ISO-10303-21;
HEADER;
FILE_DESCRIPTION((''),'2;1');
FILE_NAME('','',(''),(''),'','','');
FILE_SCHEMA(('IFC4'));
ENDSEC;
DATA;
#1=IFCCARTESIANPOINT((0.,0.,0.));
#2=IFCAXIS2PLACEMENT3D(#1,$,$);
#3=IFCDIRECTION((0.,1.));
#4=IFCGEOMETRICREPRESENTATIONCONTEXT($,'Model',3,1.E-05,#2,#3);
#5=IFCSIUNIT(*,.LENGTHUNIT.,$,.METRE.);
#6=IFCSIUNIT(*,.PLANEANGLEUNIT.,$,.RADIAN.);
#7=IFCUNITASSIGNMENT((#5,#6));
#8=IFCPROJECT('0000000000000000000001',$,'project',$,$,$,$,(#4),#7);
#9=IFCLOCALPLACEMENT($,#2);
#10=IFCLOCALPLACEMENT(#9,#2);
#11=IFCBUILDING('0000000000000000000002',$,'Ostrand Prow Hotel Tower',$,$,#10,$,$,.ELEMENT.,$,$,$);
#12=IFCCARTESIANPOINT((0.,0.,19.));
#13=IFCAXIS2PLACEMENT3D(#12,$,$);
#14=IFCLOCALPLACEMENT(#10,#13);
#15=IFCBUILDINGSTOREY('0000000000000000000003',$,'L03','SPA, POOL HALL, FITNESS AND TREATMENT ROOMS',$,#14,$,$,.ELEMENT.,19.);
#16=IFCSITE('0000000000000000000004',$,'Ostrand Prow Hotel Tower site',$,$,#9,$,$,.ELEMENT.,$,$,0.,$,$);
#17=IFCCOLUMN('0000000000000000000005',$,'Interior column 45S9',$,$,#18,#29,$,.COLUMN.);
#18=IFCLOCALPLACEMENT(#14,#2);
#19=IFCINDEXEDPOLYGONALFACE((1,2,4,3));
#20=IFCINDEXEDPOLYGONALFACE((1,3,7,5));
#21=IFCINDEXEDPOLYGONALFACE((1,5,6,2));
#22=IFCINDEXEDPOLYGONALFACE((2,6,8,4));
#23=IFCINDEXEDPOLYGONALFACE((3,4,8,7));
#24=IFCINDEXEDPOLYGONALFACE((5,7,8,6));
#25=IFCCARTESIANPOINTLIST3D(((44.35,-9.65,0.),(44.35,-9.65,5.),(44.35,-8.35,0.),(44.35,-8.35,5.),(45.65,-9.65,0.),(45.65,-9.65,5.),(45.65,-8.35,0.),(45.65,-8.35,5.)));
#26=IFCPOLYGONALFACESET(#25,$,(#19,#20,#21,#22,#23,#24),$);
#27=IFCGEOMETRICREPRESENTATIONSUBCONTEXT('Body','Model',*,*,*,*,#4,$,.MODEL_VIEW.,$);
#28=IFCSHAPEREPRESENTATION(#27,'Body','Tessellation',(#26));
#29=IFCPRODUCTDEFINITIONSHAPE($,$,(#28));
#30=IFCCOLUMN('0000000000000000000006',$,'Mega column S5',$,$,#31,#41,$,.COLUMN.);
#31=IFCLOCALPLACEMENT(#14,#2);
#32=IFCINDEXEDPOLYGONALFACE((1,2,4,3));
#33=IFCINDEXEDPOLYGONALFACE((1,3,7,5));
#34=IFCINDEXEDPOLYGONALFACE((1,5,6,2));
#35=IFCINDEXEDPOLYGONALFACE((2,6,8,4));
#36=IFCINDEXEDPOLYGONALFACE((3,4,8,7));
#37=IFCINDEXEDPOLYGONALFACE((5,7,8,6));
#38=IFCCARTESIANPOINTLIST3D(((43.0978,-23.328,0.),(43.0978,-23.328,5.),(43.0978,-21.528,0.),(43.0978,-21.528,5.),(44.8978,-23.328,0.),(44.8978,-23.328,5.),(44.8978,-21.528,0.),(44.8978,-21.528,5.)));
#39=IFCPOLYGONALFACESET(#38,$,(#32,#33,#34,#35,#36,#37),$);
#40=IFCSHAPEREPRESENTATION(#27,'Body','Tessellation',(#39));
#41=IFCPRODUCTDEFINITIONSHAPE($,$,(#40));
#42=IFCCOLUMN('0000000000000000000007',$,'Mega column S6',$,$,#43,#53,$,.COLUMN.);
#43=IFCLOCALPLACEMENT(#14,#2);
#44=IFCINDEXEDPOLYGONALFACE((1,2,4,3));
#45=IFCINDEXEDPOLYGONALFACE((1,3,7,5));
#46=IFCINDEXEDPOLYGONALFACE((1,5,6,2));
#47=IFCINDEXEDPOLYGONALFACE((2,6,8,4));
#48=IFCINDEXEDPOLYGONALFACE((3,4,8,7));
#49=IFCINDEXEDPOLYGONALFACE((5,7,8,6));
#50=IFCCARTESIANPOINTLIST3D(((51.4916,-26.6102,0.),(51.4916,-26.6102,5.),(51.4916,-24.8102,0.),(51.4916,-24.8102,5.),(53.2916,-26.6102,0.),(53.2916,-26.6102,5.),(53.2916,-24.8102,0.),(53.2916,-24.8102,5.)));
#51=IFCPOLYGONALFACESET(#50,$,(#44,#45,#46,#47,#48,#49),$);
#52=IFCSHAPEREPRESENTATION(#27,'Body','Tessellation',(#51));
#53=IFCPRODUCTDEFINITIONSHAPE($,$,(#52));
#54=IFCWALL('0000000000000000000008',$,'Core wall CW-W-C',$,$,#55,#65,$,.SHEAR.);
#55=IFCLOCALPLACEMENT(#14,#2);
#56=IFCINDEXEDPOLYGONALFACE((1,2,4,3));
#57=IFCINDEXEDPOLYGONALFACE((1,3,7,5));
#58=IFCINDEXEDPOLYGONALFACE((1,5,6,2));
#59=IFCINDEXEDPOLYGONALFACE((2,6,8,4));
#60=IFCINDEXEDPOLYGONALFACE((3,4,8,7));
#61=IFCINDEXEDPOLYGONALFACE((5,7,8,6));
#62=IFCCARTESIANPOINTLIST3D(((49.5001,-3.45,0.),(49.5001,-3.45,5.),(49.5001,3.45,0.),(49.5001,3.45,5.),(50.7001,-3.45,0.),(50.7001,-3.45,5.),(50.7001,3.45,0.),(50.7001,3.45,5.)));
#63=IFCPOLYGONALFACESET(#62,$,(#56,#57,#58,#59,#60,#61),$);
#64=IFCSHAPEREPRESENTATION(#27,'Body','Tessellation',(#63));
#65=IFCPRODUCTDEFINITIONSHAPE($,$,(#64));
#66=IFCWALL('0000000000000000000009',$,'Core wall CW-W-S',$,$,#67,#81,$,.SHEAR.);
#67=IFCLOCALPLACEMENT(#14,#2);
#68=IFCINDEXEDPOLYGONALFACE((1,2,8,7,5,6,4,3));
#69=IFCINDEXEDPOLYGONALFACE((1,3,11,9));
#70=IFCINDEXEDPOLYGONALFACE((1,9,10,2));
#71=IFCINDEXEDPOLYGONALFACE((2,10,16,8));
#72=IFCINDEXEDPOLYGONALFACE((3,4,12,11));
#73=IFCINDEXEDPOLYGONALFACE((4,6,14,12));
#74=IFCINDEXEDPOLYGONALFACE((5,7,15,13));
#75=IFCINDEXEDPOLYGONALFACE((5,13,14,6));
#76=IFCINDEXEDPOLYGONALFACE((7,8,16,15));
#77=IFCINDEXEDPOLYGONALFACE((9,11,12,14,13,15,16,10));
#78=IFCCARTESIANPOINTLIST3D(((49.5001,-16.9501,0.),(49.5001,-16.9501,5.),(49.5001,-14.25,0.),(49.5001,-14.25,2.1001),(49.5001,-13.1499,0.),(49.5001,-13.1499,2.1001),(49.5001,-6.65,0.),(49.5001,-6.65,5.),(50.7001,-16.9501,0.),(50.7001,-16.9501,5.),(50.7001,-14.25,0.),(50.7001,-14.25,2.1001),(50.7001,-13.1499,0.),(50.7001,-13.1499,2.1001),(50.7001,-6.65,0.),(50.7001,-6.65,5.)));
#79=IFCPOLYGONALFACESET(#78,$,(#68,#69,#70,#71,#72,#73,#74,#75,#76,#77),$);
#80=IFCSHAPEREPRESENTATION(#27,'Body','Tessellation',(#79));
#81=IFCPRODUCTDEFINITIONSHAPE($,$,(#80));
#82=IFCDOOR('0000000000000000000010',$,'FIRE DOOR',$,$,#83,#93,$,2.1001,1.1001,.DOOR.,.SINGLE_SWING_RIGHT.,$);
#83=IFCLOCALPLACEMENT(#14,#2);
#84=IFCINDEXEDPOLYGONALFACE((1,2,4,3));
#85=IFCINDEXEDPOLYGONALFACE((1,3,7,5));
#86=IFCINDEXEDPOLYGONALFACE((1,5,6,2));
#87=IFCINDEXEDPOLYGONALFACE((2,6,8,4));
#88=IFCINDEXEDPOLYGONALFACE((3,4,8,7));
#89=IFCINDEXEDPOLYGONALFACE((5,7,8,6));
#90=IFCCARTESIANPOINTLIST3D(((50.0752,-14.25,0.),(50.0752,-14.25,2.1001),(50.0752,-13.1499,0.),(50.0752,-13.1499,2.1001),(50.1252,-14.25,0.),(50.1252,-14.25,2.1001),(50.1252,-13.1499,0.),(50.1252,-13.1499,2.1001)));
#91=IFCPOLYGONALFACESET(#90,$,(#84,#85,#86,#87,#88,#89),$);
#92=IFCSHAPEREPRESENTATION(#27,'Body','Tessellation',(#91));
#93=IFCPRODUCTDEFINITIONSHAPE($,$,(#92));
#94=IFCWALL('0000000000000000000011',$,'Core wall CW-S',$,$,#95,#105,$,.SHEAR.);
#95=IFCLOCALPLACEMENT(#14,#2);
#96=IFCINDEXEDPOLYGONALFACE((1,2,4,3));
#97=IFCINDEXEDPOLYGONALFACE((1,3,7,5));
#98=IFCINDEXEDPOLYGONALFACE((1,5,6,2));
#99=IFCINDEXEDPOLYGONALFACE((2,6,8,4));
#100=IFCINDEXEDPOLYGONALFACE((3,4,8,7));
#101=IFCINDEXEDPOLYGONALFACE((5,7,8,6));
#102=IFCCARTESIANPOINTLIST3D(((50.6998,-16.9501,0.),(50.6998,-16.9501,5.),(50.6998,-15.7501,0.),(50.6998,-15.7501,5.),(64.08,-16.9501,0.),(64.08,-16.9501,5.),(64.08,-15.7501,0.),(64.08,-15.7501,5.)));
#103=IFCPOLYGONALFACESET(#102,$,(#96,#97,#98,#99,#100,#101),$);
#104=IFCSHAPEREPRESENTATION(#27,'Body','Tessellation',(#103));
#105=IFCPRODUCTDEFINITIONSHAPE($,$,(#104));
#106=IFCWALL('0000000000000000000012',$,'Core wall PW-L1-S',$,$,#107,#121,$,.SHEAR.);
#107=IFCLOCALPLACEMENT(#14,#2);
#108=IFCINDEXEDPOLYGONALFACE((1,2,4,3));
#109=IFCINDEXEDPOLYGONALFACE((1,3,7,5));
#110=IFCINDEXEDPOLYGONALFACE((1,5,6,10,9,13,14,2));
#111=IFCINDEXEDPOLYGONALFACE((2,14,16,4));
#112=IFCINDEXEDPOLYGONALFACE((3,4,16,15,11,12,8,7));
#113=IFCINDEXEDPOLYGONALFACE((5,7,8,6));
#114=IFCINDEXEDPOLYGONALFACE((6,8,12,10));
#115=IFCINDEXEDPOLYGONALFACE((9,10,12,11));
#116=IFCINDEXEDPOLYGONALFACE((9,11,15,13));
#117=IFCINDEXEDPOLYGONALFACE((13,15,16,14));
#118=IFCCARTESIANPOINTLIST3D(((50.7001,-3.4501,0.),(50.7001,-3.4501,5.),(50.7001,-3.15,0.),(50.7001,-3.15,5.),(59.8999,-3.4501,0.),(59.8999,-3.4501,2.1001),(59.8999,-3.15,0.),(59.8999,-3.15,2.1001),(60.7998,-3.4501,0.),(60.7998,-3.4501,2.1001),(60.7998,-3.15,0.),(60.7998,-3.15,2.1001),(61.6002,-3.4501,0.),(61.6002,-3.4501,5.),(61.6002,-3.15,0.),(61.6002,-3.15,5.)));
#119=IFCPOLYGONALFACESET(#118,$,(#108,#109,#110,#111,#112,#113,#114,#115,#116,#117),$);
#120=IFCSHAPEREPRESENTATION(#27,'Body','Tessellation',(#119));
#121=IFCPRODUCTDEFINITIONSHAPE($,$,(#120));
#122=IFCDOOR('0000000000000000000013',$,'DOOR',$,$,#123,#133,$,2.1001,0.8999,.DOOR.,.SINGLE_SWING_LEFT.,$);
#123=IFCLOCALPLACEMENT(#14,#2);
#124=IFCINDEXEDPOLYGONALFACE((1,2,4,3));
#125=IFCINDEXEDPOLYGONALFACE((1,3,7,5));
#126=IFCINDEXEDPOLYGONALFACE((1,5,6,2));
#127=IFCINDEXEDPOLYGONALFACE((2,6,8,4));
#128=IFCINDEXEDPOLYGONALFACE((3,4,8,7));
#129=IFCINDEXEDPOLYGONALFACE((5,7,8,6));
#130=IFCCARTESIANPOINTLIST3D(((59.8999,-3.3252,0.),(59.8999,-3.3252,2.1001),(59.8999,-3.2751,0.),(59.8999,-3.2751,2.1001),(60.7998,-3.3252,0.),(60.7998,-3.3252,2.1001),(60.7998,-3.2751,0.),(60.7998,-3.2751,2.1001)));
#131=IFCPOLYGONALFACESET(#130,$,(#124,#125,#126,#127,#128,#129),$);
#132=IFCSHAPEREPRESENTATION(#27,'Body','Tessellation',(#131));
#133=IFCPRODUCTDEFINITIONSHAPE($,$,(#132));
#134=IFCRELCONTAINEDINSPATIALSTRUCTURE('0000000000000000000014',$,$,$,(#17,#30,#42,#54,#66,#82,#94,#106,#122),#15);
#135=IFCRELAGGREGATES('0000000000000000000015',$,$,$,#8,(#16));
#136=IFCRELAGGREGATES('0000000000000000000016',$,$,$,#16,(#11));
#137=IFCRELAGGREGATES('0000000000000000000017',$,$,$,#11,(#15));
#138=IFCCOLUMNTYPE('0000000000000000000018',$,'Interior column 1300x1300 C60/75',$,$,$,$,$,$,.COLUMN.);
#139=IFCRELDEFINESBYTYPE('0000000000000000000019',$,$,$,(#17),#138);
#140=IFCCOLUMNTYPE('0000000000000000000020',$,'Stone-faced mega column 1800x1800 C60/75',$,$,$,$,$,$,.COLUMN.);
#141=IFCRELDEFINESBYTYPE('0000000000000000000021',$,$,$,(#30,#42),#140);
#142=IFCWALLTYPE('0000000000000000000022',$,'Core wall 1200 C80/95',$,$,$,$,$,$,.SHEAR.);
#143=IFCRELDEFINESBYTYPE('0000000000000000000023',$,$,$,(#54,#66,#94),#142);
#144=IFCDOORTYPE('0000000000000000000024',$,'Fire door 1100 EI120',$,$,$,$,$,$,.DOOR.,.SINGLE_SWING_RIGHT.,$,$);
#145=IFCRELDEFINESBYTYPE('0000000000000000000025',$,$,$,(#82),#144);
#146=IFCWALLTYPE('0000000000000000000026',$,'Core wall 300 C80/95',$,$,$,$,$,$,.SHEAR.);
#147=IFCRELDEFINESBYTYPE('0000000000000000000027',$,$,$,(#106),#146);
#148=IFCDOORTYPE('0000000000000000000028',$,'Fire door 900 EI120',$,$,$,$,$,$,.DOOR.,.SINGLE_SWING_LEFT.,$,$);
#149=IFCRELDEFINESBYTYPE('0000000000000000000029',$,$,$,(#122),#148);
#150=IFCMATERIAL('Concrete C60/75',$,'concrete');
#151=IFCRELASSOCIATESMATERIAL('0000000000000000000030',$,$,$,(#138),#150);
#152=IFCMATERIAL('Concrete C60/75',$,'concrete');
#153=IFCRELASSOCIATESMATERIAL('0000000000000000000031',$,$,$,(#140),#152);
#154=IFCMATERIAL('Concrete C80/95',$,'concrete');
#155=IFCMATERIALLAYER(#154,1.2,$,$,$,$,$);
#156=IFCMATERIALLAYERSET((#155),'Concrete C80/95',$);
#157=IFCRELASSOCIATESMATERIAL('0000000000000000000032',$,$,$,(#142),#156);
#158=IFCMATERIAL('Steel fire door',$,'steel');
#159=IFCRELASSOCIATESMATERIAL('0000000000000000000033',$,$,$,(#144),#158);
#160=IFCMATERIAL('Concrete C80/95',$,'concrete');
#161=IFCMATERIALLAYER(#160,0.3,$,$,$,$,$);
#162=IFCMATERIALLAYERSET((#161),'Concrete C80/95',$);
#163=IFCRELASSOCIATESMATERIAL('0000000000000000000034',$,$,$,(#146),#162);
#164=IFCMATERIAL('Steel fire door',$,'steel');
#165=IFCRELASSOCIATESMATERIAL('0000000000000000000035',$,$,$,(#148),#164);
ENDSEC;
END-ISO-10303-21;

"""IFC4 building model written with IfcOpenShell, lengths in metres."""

from ifc_helpers import new_model, si_unit, direction, frame, frame_2d, origin, origin_2d, place, context, subcontext, project, spatial, rectangle, extrude, material, layer, layer_set, material_profile, profile_set, type_object, element, fill, save


model = new_model("IFC4")

# Units and contexts
model_context = context("Model", 3, precision=1e-05, world=origin(), true_north=direction((0.0, 1.0)))
body_context = subcontext(model_context, "Body", "Model", "MODEL_VIEW")
ifc_project = project(units=[si_unit("LENGTHUNIT", "METRE"), si_unit("PLANEANGLEUNIT", "RADIAN")], contexts=[model_context])

# Site, building, storey
site_placement = place(None, origin())
site = spatial("IfcSite", under=ifc_project, at=site_placement, Name="Ostrand Prow Hotel Tower site", CompositionType="ELEMENT", RefElevation=0.0)
building_placement = place(site_placement, origin())
building = spatial("IfcBuilding", under=site, at=building_placement, Name="Ostrand Prow Hotel Tower", CompositionType="ELEMENT")
storey_placement = place(building_placement, frame((0.0, 0.0, 19.0)))
storey = spatial("IfcBuildingStorey", under=building, at=storey_placement, Name="L03", Description="SPA, POOL HALL, FITNESS AND TREATMENT ROOMS", CompositionType="ELEMENT", Elevation=19.0)

# Columns
ifc_material_1 = material(Name="Concrete C60/75", Category="concrete")
ifc_material_profile_1 = material_profile(ifc_material_1, rectangle(XDim=1.3, YDim=1.3, at=origin_2d()), Name="RC 1300x1300")
ifc_profile_set_1 = profile_set([ifc_material_profile_1], Name="Concrete C60/75")
column_type_1 = type_object("IfcColumnType", Name="Interior column 1300x1300 C60/75", PredefinedType="COLUMN", material=ifc_profile_set_1)
column_placement = place(storey_placement, frame((45.0, -9.0, 0.0), z_axis=(0.0, 0.0, 1.0), x_axis=(1.0, 0.0, 0.0)))
element("IfcColumn", 1, at=column_placement, inside=storey, type_object=column_type_1, Name="Interior column 45S9", PredefinedType="COLUMN", context=body_context, shape_type="SweptSolid", body=[
    extrude(rectangle(XDim=1.3, YDim=1.3, at=origin_2d()), origin(), (0.0, 0.0, 1.0), 5.0),
])
ifc_material_2 = material(Name="Concrete C60/75", Category="concrete")
ifc_material_profile_2 = material_profile(ifc_material_2, rectangle(XDim=1.8, YDim=1.8, at=origin_2d()), Name="RC 1800x1800")
ifc_profile_set_2 = profile_set([ifc_material_profile_2], Name="Concrete C60/75")
column_type_2 = type_object("IfcColumnType", Name="Stone-faced mega column 1800x1800 C60/75", PredefinedType="COLUMN", material=ifc_profile_set_2)
for number, where, z_axis, x_axis, name in (
    (2, (43.9978, -22.428, 0.0), (0.0, 0.0, 1.0), (1.0, 0.0, 0.0), "Mega column S5"),
    (3, (52.3916, -25.7102, 0.0), (0.0, 0.0, 1.0), (1.0, 0.0, 0.0), "Mega column S6"),
):
    element("IfcColumn", number, at=place(storey_placement, frame(where, z_axis=z_axis, x_axis=x_axis)), inside=storey, type_object=column_type_2, Name=name, PredefinedType="COLUMN", context=body_context, shape_type="SweptSolid", body=[
        extrude(rectangle(XDim=1.8, YDim=1.8, at=origin_2d()), origin(), (0.0, 0.0, 1.0), 5.0),
    ])

# Wall
ifc_material_3 = material(Name="Concrete C80/95", Category="concrete")
ifc_layer_1 = layer(ifc_material_3, 1.2)
ifc_layer_set_1 = layer_set([ifc_layer_1], Name="Concrete C80/95")
wall_type_1 = type_object("IfcWallType", Name="Core wall 1200 C80/95", PredefinedType="SHEAR", material=ifc_layer_set_1)
wall_1_placement = place(storey_placement, frame((50.1001, -3.45, 0.0), z_axis=(0.0, 0.0, 1.0), x_axis=(0.0, 1.0, 0.0)))
element("IfcWall", 4, at=wall_1_placement, inside=storey, type_object=wall_type_1, Name="Core wall CW-W-C", PredefinedType="SHEAR", context=body_context, shape_type="SweptSolid", body=[
    extrude(rectangle(XDim=6.8999, YDim=1.2, at=frame_2d((3.45, 0.0))), origin(), (0.0, 0.0, 1.0), 5.0),
])

# Wall, opening, door
wall_2_placement = place(storey_placement, frame((50.1001, -16.95, 0.0), z_axis=(0.0, 0.0, 1.0), x_axis=(0.0, 1.0, 0.0)))
wall_2 = element("IfcWall", 5, at=wall_2_placement, inside=storey, type_object=wall_type_1, Name="Core wall CW-W-S", PredefinedType="SHEAR", context=body_context, shape_type="SweptSolid", body=[
    extrude(rectangle(XDim=10.3, YDim=1.2, at=frame_2d((5.1499, 0.0))), origin(), (0.0, 0.0, 1.0), 5.0),
])
opening_1_placement = place(wall_2_placement, frame((2.7, 0.0, 0.0)))
opening_1 = element("IfcOpeningElement", 6, at=opening_1_placement, cuts=wall_2, PredefinedType="OPENING", context=body_context, shape_type="SweptSolid", body=[
    extrude(rectangle(XDim=1.1001, YDim=2.1001, at=frame_2d((0.55, 1.05))), frame((0.0, 0.6099, 0.0), z_axis=(0.0, -1.0, 0.0), x_axis=(1.0, 0.0, 0.0)), (0.0, 0.0, 1.0), 1.22),
])
ifc_material_4 = material(Name="Steel fire door", Category="steel")
door_type_1 = type_object("IfcDoorType", Name="Fire door 1100 EI120", OperationType="SINGLE_SWING_RIGHT", PredefinedType="DOOR", material=ifc_material_4)
door_1_placement = place(opening_1_placement, origin())
door_1 = element("IfcDoor", 7, at=door_1_placement, inside=storey, type_object=door_type_1, Name="FIRE DOOR", OperationType="SINGLE_SWING_RIGHT", OverallHeight=2.1001, OverallWidth=1.1001, PredefinedType="DOOR", context=body_context, shape_type="SweptSolid", body=[
    extrude(rectangle(XDim=1.1001, YDim=2.1001, at=frame_2d((0.55, 1.05))), frame((0.0, 0.0249, 0.0), z_axis=(0.0, -1.0, 0.0), x_axis=(1.0, 0.0, 0.0)), (0.0, 0.0, 1.0), 0.05),
])
fill(opening_1, door_1)

# Wall
wall_3_placement = place(storey_placement, frame((50.7, -16.3501, 0.0), z_axis=(0.0, 0.0, 1.0), x_axis=(1.0, 0.0, 0.0)))
element("IfcWall", 8, at=wall_3_placement, inside=storey, type_object=wall_type_1, Name="Core wall CW-S", PredefinedType="SHEAR", context=body_context, shape_type="SweptSolid", body=[
    extrude(rectangle(XDim=13.3801, YDim=1.2, at=frame_2d((6.6899, 0.0))), origin(), (0.0, 0.0, 1.0), 5.0),
])

# Wall, opening, door
ifc_material_5 = material(Name="Concrete C80/95", Category="concrete")
ifc_layer_2 = layer(ifc_material_5, 0.3)
ifc_layer_set_2 = layer_set([ifc_layer_2], Name="Concrete C80/95")
wall_type_2 = type_object("IfcWallType", Name="Core wall 300 C80/95", PredefinedType="SHEAR", material=ifc_layer_set_2)
wall_4_placement = place(storey_placement, frame((50.7, -3.3, 0.0), z_axis=(0.0, 0.0, 1.0), x_axis=(1.0, 0.0, 0.0)))
wall_4 = element("IfcWall", 9, at=wall_4_placement, inside=storey, type_object=wall_type_2, Name="Core wall PW-L1-S", PredefinedType="SHEAR", context=body_context, shape_type="SweptSolid", body=[
    extrude(rectangle(XDim=10.9001, YDim=0.3, at=frame_2d((5.4502, 0.0))), origin(), (0.0, 0.0, 1.0), 5.0),
])
opening_2_placement = place(wall_4_placement, frame((9.2, 0.0, 0.0)))
opening_2 = element("IfcOpeningElement", 10, at=opening_2_placement, cuts=wall_4, PredefinedType="OPENING", context=body_context, shape_type="SweptSolid", body=[
    extrude(rectangle(XDim=0.8999, YDim=2.1001, at=frame_2d((0.45, 1.05))), frame((0.0, 0.1599, 0.0), z_axis=(0.0, -1.0, 0.0), x_axis=(1.0, 0.0, 0.0)), (0.0, 0.0, 1.0), 0.3201),
])
ifc_material_6 = material(Name="Steel fire door", Category="steel")
door_type_2 = type_object("IfcDoorType", Name="Fire door 900 EI120", OperationType="SINGLE_SWING_LEFT", PredefinedType="DOOR", material=ifc_material_6)
door_2_placement = place(opening_2_placement, origin())
door_2 = element("IfcDoor", 11, at=door_2_placement, inside=storey, type_object=door_type_2, Name="DOOR", OperationType="SINGLE_SWING_LEFT", OverallHeight=2.1001, OverallWidth=0.8999, PredefinedType="DOOR", context=body_context, shape_type="SweptSolid", body=[
    extrude(rectangle(XDim=0.8999, YDim=2.1001, at=frame_2d((0.45, 1.05))), frame((0.0, 0.0249, 0.0), z_axis=(0.0, -1.0, 0.0), x_axis=(1.0, 0.0, 0.0)), (0.0, 0.0, 1.0), 0.05),
])
fill(opening_2, door_2)

save(model, "model.ifc")
